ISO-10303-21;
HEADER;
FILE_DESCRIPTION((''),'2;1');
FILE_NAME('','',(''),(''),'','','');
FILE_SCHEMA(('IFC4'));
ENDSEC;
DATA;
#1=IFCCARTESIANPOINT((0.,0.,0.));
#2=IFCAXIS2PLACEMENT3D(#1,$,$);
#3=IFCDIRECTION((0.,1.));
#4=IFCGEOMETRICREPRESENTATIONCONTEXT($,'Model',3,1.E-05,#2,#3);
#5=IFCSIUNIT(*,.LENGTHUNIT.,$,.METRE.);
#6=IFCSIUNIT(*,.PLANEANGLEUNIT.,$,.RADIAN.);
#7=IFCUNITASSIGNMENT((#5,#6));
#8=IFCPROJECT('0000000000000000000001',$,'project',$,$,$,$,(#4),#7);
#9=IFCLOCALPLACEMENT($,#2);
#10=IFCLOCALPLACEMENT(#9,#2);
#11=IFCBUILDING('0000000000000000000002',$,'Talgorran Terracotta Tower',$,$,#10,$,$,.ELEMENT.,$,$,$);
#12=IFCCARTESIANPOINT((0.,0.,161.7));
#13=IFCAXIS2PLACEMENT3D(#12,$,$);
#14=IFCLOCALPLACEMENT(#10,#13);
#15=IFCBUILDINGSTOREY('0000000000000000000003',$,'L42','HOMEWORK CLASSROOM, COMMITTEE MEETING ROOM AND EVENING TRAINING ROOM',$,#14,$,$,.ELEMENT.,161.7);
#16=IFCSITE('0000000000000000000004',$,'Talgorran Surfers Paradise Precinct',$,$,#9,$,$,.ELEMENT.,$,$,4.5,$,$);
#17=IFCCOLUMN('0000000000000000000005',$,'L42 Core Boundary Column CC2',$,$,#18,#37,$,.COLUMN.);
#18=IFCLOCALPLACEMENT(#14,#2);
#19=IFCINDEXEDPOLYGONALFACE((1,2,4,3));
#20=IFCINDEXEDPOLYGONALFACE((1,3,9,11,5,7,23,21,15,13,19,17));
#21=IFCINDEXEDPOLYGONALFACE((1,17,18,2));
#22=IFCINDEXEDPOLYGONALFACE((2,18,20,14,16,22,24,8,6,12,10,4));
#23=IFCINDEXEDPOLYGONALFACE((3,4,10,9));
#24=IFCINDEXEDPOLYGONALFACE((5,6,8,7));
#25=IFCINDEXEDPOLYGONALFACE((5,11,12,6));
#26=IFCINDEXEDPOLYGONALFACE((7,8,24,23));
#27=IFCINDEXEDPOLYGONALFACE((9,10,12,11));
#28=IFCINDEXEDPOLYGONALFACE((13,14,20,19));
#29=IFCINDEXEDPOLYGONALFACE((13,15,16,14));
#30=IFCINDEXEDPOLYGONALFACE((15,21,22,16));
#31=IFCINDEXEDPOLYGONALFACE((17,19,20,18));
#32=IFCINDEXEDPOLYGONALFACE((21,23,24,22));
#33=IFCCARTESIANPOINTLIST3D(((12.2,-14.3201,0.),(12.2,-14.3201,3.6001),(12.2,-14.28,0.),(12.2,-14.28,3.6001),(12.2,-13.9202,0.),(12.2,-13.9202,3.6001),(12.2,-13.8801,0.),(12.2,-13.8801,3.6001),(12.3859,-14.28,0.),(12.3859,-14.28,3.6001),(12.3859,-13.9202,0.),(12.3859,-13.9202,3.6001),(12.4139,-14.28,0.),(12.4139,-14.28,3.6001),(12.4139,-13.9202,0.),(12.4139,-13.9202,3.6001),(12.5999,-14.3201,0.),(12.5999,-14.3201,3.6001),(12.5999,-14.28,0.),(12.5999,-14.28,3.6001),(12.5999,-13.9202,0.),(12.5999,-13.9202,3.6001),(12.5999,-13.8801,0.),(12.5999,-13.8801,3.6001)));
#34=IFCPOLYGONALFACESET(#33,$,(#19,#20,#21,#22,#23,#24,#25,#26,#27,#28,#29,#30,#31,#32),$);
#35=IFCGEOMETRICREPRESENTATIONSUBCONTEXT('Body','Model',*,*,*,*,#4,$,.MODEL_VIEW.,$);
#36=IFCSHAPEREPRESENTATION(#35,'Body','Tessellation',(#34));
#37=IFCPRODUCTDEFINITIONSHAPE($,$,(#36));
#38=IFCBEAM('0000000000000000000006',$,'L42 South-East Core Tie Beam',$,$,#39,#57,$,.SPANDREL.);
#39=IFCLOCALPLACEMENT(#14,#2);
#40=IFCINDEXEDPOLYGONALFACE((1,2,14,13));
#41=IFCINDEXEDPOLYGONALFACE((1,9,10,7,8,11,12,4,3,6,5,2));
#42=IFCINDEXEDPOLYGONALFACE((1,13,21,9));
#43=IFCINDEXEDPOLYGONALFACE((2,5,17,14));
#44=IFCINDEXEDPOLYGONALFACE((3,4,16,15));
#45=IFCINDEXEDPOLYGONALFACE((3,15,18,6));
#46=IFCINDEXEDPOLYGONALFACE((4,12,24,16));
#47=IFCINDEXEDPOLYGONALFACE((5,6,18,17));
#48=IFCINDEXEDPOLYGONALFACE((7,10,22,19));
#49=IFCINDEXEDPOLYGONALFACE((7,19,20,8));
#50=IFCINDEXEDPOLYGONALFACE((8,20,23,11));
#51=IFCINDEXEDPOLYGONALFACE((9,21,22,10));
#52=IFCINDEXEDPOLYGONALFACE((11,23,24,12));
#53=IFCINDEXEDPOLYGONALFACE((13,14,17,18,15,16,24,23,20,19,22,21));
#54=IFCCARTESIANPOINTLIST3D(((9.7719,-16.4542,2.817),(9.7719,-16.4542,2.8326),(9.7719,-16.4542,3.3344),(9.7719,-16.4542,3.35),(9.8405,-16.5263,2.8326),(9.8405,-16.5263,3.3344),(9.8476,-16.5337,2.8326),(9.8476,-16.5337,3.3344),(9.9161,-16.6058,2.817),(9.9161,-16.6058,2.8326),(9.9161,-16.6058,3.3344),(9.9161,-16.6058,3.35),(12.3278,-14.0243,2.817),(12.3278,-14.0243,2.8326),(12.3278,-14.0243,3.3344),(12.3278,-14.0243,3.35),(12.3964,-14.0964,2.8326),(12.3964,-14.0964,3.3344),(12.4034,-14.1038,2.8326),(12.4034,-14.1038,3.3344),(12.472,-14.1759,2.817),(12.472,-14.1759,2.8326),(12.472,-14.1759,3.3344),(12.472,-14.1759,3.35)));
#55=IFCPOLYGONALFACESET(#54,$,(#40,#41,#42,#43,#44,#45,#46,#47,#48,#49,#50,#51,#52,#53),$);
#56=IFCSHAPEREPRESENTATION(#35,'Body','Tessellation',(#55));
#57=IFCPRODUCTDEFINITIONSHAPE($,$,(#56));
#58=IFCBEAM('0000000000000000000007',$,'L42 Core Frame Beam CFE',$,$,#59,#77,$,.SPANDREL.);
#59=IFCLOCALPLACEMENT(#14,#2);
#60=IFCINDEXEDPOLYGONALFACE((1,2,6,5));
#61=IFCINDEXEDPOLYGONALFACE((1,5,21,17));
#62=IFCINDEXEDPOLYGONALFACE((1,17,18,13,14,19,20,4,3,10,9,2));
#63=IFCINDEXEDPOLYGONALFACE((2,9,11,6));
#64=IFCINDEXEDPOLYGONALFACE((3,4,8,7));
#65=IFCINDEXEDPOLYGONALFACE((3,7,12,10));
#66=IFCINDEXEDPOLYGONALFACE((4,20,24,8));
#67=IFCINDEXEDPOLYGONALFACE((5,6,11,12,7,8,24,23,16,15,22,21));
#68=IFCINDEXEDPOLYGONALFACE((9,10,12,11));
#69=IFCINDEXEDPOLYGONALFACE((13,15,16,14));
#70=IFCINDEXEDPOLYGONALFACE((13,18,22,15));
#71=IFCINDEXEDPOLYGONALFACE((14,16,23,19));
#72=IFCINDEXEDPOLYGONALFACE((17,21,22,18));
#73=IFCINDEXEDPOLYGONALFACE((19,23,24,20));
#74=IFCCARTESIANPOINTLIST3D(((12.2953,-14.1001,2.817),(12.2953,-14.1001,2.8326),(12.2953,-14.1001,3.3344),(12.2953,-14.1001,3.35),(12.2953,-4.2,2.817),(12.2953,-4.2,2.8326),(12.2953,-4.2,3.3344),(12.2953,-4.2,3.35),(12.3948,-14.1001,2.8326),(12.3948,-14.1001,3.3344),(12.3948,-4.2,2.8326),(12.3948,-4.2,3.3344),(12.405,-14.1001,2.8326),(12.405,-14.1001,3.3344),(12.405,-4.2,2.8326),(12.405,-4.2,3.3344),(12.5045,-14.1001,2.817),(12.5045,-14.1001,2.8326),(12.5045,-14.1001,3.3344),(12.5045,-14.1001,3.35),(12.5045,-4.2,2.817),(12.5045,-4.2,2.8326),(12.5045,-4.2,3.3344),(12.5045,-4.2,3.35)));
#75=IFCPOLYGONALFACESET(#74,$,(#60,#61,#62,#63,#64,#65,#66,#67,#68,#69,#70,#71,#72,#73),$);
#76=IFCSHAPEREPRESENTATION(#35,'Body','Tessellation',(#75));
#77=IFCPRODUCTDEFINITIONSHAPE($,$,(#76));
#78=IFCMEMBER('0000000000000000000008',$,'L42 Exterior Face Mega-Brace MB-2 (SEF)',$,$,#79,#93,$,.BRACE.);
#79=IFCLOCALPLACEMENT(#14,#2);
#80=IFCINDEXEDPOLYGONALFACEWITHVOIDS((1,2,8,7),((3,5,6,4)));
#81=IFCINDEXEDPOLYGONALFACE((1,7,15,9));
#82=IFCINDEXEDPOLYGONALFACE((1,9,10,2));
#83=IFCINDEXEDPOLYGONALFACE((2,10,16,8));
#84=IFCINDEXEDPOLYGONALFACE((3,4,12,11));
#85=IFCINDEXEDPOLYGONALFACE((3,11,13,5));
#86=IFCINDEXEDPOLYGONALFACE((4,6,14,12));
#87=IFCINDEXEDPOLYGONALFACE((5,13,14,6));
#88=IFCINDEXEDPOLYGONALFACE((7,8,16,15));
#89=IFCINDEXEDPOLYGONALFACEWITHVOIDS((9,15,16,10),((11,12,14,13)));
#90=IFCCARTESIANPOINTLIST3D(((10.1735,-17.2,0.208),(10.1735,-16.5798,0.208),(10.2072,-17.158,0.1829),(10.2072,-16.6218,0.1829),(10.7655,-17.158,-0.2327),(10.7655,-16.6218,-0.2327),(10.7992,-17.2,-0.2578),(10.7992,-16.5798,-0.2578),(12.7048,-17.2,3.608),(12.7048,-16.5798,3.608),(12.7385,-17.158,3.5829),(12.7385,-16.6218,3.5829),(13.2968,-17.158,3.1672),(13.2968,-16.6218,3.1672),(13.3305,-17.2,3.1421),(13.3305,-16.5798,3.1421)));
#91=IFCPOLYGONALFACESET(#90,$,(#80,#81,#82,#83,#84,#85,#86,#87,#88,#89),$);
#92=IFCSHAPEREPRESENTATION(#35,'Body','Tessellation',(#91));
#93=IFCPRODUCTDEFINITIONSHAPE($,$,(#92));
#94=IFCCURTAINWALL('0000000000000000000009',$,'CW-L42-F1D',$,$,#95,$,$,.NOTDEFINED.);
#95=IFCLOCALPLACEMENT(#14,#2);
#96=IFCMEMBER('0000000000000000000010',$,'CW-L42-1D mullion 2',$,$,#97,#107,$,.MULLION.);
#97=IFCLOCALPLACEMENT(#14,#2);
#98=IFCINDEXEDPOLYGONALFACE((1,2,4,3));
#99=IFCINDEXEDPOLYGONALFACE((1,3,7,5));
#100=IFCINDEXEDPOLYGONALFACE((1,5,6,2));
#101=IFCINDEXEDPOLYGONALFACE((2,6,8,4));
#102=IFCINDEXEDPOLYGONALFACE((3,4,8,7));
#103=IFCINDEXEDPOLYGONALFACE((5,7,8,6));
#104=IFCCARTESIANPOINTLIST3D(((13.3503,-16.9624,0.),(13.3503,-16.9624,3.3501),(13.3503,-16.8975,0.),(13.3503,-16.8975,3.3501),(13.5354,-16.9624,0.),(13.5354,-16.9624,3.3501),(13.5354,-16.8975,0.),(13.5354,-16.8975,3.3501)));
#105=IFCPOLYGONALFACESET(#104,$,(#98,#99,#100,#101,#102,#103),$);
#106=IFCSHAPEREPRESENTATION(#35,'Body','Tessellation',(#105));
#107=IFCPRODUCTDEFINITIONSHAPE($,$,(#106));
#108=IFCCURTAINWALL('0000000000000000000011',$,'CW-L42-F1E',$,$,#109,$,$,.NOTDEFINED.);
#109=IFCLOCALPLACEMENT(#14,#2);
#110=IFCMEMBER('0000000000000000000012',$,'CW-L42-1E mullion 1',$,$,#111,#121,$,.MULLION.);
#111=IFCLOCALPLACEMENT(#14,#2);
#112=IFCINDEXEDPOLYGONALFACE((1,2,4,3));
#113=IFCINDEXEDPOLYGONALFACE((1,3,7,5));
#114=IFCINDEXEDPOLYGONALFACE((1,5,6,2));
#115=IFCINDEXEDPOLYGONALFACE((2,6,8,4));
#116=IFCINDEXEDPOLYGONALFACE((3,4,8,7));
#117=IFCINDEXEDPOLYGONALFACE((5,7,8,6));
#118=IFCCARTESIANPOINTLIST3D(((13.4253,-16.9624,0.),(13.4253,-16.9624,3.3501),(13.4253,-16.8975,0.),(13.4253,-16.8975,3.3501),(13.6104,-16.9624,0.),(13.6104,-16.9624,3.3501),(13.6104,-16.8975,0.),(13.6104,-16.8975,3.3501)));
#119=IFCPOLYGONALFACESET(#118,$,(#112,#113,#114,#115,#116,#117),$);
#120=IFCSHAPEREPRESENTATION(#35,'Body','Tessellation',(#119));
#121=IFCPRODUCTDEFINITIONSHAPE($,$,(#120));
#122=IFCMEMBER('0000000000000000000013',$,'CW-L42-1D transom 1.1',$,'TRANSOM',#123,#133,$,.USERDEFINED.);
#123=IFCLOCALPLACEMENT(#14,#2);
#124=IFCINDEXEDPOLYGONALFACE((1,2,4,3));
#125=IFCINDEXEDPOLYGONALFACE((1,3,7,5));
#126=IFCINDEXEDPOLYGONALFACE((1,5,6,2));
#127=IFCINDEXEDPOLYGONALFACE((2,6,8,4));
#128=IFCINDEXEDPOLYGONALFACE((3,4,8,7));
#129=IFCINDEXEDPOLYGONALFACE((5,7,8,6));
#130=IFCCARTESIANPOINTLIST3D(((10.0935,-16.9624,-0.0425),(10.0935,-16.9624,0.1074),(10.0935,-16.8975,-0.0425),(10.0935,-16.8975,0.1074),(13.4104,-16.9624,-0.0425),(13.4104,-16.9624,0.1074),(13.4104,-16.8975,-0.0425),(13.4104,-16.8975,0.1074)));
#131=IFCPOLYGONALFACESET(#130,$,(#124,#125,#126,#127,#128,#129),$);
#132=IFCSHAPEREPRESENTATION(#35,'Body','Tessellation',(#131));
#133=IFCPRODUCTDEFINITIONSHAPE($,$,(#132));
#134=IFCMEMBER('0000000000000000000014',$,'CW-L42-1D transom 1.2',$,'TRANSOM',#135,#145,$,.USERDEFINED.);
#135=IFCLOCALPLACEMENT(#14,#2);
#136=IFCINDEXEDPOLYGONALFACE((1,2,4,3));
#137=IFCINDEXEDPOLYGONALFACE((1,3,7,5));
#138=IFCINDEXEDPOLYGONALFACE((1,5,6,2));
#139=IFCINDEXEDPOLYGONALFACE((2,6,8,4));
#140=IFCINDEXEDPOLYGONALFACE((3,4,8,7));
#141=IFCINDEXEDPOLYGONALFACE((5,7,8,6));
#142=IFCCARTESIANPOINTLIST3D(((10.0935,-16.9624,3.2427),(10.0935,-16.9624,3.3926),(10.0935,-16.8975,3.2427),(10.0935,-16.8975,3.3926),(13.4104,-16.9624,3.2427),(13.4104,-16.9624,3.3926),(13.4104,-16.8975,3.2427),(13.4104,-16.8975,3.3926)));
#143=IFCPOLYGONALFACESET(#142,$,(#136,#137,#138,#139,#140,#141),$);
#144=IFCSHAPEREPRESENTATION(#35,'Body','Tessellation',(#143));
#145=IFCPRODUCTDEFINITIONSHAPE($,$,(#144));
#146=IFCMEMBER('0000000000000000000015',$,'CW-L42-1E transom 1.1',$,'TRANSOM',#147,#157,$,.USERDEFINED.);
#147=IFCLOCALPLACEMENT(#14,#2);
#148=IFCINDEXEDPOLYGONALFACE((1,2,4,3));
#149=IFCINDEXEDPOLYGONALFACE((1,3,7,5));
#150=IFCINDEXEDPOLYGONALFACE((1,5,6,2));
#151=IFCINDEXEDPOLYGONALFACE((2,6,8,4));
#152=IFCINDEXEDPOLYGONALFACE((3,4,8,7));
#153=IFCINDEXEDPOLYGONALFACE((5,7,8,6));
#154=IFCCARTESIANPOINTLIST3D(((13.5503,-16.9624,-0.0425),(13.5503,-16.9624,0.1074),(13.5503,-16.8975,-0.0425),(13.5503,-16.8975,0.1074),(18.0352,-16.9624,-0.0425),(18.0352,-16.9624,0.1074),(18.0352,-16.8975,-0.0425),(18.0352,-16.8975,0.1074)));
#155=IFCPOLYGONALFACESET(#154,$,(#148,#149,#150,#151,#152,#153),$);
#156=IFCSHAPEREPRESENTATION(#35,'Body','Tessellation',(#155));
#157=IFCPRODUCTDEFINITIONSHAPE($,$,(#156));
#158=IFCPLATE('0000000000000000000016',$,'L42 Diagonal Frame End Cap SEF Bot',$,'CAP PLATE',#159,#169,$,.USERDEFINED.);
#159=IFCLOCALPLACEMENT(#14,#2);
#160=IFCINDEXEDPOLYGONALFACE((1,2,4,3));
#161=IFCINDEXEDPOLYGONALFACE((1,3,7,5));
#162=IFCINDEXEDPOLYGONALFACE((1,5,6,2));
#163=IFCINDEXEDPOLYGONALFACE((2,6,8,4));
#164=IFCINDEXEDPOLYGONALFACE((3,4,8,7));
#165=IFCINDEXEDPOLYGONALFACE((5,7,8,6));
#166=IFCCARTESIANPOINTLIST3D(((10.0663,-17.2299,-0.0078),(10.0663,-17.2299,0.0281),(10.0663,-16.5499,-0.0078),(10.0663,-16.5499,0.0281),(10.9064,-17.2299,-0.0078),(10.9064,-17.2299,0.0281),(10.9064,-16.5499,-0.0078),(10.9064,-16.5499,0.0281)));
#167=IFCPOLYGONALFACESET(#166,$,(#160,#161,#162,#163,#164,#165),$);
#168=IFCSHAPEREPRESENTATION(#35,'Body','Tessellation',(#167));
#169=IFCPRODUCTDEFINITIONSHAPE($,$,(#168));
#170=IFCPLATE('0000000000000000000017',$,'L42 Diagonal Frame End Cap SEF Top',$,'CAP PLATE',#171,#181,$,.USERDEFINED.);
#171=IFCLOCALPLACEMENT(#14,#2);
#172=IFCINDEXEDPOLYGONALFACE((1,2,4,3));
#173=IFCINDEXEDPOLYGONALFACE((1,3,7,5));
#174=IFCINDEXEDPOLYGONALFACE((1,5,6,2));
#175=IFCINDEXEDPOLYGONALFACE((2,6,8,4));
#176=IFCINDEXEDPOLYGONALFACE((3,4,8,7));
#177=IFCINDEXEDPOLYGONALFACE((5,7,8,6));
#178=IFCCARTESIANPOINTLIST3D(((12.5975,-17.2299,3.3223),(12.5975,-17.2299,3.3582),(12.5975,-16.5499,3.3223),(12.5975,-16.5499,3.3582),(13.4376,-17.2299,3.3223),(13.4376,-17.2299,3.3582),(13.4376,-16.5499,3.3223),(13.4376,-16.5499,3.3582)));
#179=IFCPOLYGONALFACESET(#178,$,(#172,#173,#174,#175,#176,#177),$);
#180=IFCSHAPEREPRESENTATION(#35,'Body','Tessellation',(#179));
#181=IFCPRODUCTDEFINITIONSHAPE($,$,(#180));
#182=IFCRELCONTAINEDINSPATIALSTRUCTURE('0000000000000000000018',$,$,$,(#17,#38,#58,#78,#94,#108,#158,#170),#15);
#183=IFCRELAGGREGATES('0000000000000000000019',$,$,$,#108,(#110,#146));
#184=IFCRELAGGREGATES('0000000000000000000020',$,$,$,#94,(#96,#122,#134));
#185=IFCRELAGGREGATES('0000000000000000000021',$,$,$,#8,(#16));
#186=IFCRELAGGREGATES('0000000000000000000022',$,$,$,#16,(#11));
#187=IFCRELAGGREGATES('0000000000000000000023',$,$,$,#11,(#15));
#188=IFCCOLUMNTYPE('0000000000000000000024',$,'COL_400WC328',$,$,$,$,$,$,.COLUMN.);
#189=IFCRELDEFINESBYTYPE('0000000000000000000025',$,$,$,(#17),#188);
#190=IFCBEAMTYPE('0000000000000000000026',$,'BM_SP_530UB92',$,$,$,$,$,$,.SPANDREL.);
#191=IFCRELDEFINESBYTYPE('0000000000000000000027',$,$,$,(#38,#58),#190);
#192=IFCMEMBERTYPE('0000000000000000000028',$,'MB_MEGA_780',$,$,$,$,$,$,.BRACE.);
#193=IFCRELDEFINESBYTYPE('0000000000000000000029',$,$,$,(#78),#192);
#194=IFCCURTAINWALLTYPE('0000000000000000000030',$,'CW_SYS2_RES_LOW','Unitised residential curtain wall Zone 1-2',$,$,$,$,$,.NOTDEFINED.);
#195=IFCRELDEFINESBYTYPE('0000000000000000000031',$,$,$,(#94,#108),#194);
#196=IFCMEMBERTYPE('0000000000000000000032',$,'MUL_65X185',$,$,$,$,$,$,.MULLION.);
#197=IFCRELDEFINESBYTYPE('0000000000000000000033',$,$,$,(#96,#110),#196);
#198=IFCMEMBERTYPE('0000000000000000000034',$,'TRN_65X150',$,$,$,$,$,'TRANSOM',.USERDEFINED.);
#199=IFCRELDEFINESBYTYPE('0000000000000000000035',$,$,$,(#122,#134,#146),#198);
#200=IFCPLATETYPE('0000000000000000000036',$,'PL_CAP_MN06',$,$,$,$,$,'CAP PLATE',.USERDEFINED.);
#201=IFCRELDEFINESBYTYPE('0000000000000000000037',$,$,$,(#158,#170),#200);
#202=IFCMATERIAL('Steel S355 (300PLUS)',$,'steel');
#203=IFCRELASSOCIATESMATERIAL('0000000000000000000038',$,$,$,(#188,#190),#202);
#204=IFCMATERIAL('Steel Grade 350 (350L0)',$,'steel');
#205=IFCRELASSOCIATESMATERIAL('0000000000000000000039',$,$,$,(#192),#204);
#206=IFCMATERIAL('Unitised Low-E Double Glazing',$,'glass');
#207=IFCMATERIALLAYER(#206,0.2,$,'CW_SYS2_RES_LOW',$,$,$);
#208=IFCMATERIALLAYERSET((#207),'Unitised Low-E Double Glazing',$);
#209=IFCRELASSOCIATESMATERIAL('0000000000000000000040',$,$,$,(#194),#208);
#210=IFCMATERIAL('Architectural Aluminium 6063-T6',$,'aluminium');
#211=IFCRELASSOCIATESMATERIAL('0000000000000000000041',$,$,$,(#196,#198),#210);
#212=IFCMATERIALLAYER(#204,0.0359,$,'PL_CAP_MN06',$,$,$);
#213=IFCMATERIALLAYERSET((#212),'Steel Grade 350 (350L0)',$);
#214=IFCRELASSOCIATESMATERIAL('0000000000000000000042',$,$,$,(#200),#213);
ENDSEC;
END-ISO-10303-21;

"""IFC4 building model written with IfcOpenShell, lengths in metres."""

from ifc_helpers import new_model, si_unit, direction, frame, origin, origin_2d, place, context, subcontext, project, spatial, rectangle, hollow_rectangle, i_section, extrude, material, layer, layer_set, material_profile, profile_set, type_object, element, aggregate, save


model = new_model("IFC4")

# Units and contexts
model_context = context("Model", 3, precision=1e-05, world=origin(), true_north=direction((0.0, 1.0)))
body_context = subcontext(model_context, "Body", "Model", "MODEL_VIEW")
ifc_project = project(units=[si_unit("LENGTHUNIT", "METRE"), si_unit("PLANEANGLEUNIT", "RADIAN")], contexts=[model_context])

# Site, building, storey
site_placement = place(None, origin())
site = spatial("IfcSite", under=ifc_project, at=site_placement, Name="Talgorran Surfers Paradise Precinct", CompositionType="ELEMENT", RefElevation=4.5)
building_placement = place(site_placement, origin())
building = spatial("IfcBuilding", under=site, at=building_placement, Name="Talgorran Terracotta Tower", CompositionType="ELEMENT")
storey_placement = place(building_placement, frame((0.0, 0.0, 161.7)))
storey = spatial("IfcBuildingStorey", under=building, at=storey_placement, Name="L42", Description="HOMEWORK CLASSROOM, COMMITTEE MEETING ROOM AND EVENING TRAINING ROOM", CompositionType="ELEMENT", Elevation=161.7)

# Column
ifc_material_1 = material(Name="Steel S355 (300PLUS)", Category="steel")
ifc_material_profile_1 = material_profile(ifc_material_1, i_section(OverallWidth=0.3999, OverallDepth=0.4399, WebThickness=0.0281, FlangeThickness=0.04, at=origin_2d()), Name="400WC328")
ifc_profile_set_1 = profile_set([ifc_material_profile_1], Name="Steel S355 (300PLUS)")
column_type = type_object("IfcColumnType", Name="COL_400WC328", PredefinedType="COLUMN", material=ifc_profile_set_1)
column_placement = place(storey_placement, frame((12.3999, -14.1001, 0.0), z_axis=(0.0, 0.0, 1.0), x_axis=(1.0, 0.0, 0.0)))
element("IfcColumn", 1, at=column_placement, inside=storey, type_object=column_type, Name="L42 Core Boundary Column CC2", PredefinedType="COLUMN", context=body_context, shape_type="SweptSolid", body=[
    extrude(i_section(OverallWidth=0.3999, OverallDepth=0.4399, WebThickness=0.0281, FlangeThickness=0.04, at=origin_2d()), origin(), (0.0, 0.0, 1.0), 3.6001),
])

# Beams
ifc_material_profile_2 = material_profile(ifc_material_1, i_section(OverallWidth=0.2092, OverallDepth=0.533, WebThickness=0.0103, FlangeThickness=0.0156, at=origin_2d()), Name="530UB92.4")
ifc_profile_set_2 = profile_set([ifc_material_profile_2], Name="Steel S355 (300PLUS)")
beam_type = type_object("IfcBeamType", Name="BM_SP_530UB92", PredefinedType="SPANDREL", material=ifc_profile_set_2)
beam_1_placement = place(storey_placement, frame((12.3999, -14.1001, 3.0835), z_axis=(-0.724742, -0.689021, 0.0), x_axis=(0.689021, -0.724742, 0.0)))
element("IfcBeam", 2, at=beam_1_placement, inside=storey, type_object=beam_type, Name="L42 South-East Core Tie Beam", PredefinedType="SPANDREL", context=body_context, shape_type="SweptSolid", body=[
    extrude(i_section(OverallWidth=0.2092, OverallDepth=0.533, WebThickness=0.0103, FlangeThickness=0.0156, at=origin_2d()), origin(), (0.0, 0.0, 1.0), 3.5266),
])
beam_2_placement = place(storey_placement, frame((12.3999, -14.1001, 3.0835), z_axis=(0.0, 1.0, 0.0), x_axis=(-1.0, 0.0, 0.0)))
element("IfcBeam", 3, at=beam_2_placement, inside=storey, type_object=beam_type, Name="L42 Core Frame Beam CFE", PredefinedType="SPANDREL", context=body_context, shape_type="SweptSolid", body=[
    extrude(i_section(OverallWidth=0.2092, OverallDepth=0.533, WebThickness=0.0103, FlangeThickness=0.0156, at=origin_2d()), origin(), (0.0, 0.0, 1.0), 9.9001),
])

# Member
ifc_material_2 = material(Name="Steel Grade 350 (350L0)", Category="steel")
ifc_material_profile_3 = material_profile(ifc_material_2, hollow_rectangle(XDim=0.6201, YDim=0.78, WallThickness=0.042, at=origin_2d()), Name="WBOX780X620X42")
ifc_profile_set_3 = profile_set([ifc_material_profile_3], Name="Steel Grade 350 (350L0)")
member_type_1 = type_object("IfcMemberType", Name="MB_MEGA_780", PredefinedType="BRACE", material=ifc_profile_set_3)
member_1_placement = place(storey_placement, frame((10.4863, -16.8899, -0.0249), z_axis=(0.597176, 0.0, 0.80211), x_axis=(0.0, 1.0, 0.0)))
element("IfcMember", 4, at=member_1_placement, inside=storey, type_object=member_type_1, Name="L42 Exterior Face Mega-Brace MB-2 (SEF)", PredefinedType="BRACE", context=body_context, shape_type="SweptSolid", body=[
    extrude(hollow_rectangle(XDim=0.6201, YDim=0.78, WallThickness=0.042, at=origin_2d()), origin(), (0.0, 0.0, 1.0), 4.2388),
])

# Curtain walls, members
ifc_material_3 = material(Name="Unitised Low-E Double Glazing", Category="glass")
ifc_layer_1 = layer(ifc_material_3, 0.2, Name="CW_SYS2_RES_LOW")
ifc_layer_set_1 = layer_set([ifc_layer_1], Name="Unitised Low-E Double Glazing")
curtain_wall_type = type_object("IfcCurtainWallType", Name="CW_SYS2_RES_LOW", Description="Unitised residential curtain wall Zone 1-2", PredefinedType="NOTDEFINED", material=ifc_layer_set_1)
curtain_wall_1_placement = place(storey_placement, origin())
curtain_wall_1 = element("IfcCurtainWall", 5, at=curtain_wall_1_placement, inside=storey, type_object=curtain_wall_type, Name="CW-L42-F1D", PredefinedType="NOTDEFINED")
ifc_material_4 = material(Name="Architectural Aluminium 6063-T6", Category="aluminium")
ifc_material_profile_4 = material_profile(ifc_material_4, rectangle(XDim=0.0649, YDim=0.1851, at=origin_2d()), Name="CWM65X185")
ifc_profile_set_4 = profile_set([ifc_material_profile_4], Name="Architectural Aluminium 6063-T6")
member_type_2 = type_object("IfcMemberType", Name="MUL_65X185", PredefinedType="MULLION", material=ifc_profile_set_4)
member_2_placement = place(storey_placement, frame((13.4429, -16.9299, 0.0), z_axis=(0.0, 0.0, 1.0), x_axis=(0.0, 1.0, 0.0)))
member_2 = element("IfcMember", 6, at=member_2_placement, type_object=member_type_2, Name="CW-L42-1D mullion 2", PredefinedType="MULLION", context=body_context, shape_type="SweptSolid", body=[
    extrude(rectangle(XDim=0.0649, YDim=0.1851, at=origin_2d()), origin(), (0.0, 0.0, 1.0), 3.3501),
])
curtain_wall_2_placement = place(storey_placement, origin())
curtain_wall_2 = element("IfcCurtainWall", 7, at=curtain_wall_2_placement, inside=storey, type_object=curtain_wall_type, Name="CW-L42-F1E", PredefinedType="NOTDEFINED")
member_3_placement = place(storey_placement, frame((13.5178, -16.9299, 0.0), z_axis=(0.0, 0.0, 1.0), x_axis=(0.0, 1.0, 0.0)))
member_3 = element("IfcMember", 8, at=member_3_placement, type_object=member_type_2, Name="CW-L42-1E mullion 1", PredefinedType="MULLION", context=body_context, shape_type="SweptSolid", body=[
    extrude(rectangle(XDim=0.0649, YDim=0.1851, at=origin_2d()), origin(), (0.0, 0.0, 1.0), 3.3501),
])

# Members
ifc_material_profile_5 = material_profile(ifc_material_4, rectangle(XDim=0.0649, YDim=0.1499, at=origin_2d()), Name="CWT65X150")
ifc_profile_set_5 = profile_set([ifc_material_profile_5], Name="Architectural Aluminium 6063-T6")
member_type_3 = type_object("IfcMemberType", Name="TRN_65X150", ElementType="TRANSOM", PredefinedType="USERDEFINED", material=ifc_profile_set_5)
member_4_placement = place(storey_placement, frame((10.0935, -16.9299, 0.0325), z_axis=(1.0, 0.0, 0.0), x_axis=(0.0, 1.0, 0.0)))
member_4 = element("IfcMember", 9, at=member_4_placement, type_object=member_type_3, Name="CW-L42-1D transom 1.1", ObjectType="TRANSOM", PredefinedType="USERDEFINED", context=body_context, shape_type="SweptSolid", body=[
    extrude(rectangle(XDim=0.0649, YDim=0.1499, at=origin_2d()), origin(), (0.0, 0.0, 1.0), 3.3169),
])
member_5_placement = place(storey_placement, frame((10.0935, -16.9299, 3.3176), z_axis=(1.0, 0.0, 0.0), x_axis=(0.0, 1.0, 0.0)))
member_5 = element("IfcMember", 10, at=member_5_placement, type_object=member_type_3, Name="CW-L42-1D transom 1.2", ObjectType="TRANSOM", PredefinedType="USERDEFINED", context=body_context, shape_type="SweptSolid", body=[
    extrude(rectangle(XDim=0.0649, YDim=0.1499, at=origin_2d()), origin(), (0.0, 0.0, 1.0), 3.3169),
])
member_6_placement = place(storey_placement, frame((13.5503, -16.9299, 0.0325), z_axis=(1.0, 0.0, 0.0), x_axis=(0.0, 1.0, 0.0)))
member_6 = element("IfcMember", 11, at=member_6_placement, type_object=member_type_3, Name="CW-L42-1E transom 1.1", ObjectType="TRANSOM", PredefinedType="USERDEFINED", context=body_context, shape_type="SweptSolid", body=[
    extrude(rectangle(XDim=0.0649, YDim=0.1499, at=origin_2d()), origin(), (0.0, 0.0, 1.0), 4.4849),
])
aggregate(curtain_wall_2, [member_3, member_6])

# Plates
ifc_layer_2 = layer(ifc_material_2, 0.0359, Name="PL_CAP_MN06")
ifc_layer_set_2 = layer_set([ifc_layer_2], Name="Steel Grade 350 (350L0)")
plate_type_1 = type_object("IfcPlateType", Name="PL_CAP_MN06", ElementType="CAP PLATE", PredefinedType="USERDEFINED", material=ifc_layer_set_2)
for number, where, z_axis, x_axis, name in (
    (12, (10.4863, -16.8899, -0.0078), (0.0, 0.0, 1.0), (1.0, 0.0, 0.0), "L42 Diagonal Frame End Cap SEF Bot"),
    (13, (13.0176, -16.8899, 3.3223), (0.0, 0.0, 1.0), (1.0, 0.0, 0.0), "L42 Diagonal Frame End Cap SEF Top"),
):
    element("IfcPlate", number, at=place(storey_placement, frame(where, z_axis=z_axis, x_axis=x_axis)), inside=storey, type_object=plate_type_1, Name=name, ObjectType="CAP PLATE", PredefinedType="USERDEFINED", context=body_context, shape_type="SweptSolid", body=[
        extrude(rectangle(XDim=0.8401, YDim=0.6799, at=origin_2d()), origin(), (0.0, 0.0, 1.0), 0.0359),
    ])

aggregate(curtain_wall_1, [member_2, member_4, member_5])

save(model, "model.ifc")
